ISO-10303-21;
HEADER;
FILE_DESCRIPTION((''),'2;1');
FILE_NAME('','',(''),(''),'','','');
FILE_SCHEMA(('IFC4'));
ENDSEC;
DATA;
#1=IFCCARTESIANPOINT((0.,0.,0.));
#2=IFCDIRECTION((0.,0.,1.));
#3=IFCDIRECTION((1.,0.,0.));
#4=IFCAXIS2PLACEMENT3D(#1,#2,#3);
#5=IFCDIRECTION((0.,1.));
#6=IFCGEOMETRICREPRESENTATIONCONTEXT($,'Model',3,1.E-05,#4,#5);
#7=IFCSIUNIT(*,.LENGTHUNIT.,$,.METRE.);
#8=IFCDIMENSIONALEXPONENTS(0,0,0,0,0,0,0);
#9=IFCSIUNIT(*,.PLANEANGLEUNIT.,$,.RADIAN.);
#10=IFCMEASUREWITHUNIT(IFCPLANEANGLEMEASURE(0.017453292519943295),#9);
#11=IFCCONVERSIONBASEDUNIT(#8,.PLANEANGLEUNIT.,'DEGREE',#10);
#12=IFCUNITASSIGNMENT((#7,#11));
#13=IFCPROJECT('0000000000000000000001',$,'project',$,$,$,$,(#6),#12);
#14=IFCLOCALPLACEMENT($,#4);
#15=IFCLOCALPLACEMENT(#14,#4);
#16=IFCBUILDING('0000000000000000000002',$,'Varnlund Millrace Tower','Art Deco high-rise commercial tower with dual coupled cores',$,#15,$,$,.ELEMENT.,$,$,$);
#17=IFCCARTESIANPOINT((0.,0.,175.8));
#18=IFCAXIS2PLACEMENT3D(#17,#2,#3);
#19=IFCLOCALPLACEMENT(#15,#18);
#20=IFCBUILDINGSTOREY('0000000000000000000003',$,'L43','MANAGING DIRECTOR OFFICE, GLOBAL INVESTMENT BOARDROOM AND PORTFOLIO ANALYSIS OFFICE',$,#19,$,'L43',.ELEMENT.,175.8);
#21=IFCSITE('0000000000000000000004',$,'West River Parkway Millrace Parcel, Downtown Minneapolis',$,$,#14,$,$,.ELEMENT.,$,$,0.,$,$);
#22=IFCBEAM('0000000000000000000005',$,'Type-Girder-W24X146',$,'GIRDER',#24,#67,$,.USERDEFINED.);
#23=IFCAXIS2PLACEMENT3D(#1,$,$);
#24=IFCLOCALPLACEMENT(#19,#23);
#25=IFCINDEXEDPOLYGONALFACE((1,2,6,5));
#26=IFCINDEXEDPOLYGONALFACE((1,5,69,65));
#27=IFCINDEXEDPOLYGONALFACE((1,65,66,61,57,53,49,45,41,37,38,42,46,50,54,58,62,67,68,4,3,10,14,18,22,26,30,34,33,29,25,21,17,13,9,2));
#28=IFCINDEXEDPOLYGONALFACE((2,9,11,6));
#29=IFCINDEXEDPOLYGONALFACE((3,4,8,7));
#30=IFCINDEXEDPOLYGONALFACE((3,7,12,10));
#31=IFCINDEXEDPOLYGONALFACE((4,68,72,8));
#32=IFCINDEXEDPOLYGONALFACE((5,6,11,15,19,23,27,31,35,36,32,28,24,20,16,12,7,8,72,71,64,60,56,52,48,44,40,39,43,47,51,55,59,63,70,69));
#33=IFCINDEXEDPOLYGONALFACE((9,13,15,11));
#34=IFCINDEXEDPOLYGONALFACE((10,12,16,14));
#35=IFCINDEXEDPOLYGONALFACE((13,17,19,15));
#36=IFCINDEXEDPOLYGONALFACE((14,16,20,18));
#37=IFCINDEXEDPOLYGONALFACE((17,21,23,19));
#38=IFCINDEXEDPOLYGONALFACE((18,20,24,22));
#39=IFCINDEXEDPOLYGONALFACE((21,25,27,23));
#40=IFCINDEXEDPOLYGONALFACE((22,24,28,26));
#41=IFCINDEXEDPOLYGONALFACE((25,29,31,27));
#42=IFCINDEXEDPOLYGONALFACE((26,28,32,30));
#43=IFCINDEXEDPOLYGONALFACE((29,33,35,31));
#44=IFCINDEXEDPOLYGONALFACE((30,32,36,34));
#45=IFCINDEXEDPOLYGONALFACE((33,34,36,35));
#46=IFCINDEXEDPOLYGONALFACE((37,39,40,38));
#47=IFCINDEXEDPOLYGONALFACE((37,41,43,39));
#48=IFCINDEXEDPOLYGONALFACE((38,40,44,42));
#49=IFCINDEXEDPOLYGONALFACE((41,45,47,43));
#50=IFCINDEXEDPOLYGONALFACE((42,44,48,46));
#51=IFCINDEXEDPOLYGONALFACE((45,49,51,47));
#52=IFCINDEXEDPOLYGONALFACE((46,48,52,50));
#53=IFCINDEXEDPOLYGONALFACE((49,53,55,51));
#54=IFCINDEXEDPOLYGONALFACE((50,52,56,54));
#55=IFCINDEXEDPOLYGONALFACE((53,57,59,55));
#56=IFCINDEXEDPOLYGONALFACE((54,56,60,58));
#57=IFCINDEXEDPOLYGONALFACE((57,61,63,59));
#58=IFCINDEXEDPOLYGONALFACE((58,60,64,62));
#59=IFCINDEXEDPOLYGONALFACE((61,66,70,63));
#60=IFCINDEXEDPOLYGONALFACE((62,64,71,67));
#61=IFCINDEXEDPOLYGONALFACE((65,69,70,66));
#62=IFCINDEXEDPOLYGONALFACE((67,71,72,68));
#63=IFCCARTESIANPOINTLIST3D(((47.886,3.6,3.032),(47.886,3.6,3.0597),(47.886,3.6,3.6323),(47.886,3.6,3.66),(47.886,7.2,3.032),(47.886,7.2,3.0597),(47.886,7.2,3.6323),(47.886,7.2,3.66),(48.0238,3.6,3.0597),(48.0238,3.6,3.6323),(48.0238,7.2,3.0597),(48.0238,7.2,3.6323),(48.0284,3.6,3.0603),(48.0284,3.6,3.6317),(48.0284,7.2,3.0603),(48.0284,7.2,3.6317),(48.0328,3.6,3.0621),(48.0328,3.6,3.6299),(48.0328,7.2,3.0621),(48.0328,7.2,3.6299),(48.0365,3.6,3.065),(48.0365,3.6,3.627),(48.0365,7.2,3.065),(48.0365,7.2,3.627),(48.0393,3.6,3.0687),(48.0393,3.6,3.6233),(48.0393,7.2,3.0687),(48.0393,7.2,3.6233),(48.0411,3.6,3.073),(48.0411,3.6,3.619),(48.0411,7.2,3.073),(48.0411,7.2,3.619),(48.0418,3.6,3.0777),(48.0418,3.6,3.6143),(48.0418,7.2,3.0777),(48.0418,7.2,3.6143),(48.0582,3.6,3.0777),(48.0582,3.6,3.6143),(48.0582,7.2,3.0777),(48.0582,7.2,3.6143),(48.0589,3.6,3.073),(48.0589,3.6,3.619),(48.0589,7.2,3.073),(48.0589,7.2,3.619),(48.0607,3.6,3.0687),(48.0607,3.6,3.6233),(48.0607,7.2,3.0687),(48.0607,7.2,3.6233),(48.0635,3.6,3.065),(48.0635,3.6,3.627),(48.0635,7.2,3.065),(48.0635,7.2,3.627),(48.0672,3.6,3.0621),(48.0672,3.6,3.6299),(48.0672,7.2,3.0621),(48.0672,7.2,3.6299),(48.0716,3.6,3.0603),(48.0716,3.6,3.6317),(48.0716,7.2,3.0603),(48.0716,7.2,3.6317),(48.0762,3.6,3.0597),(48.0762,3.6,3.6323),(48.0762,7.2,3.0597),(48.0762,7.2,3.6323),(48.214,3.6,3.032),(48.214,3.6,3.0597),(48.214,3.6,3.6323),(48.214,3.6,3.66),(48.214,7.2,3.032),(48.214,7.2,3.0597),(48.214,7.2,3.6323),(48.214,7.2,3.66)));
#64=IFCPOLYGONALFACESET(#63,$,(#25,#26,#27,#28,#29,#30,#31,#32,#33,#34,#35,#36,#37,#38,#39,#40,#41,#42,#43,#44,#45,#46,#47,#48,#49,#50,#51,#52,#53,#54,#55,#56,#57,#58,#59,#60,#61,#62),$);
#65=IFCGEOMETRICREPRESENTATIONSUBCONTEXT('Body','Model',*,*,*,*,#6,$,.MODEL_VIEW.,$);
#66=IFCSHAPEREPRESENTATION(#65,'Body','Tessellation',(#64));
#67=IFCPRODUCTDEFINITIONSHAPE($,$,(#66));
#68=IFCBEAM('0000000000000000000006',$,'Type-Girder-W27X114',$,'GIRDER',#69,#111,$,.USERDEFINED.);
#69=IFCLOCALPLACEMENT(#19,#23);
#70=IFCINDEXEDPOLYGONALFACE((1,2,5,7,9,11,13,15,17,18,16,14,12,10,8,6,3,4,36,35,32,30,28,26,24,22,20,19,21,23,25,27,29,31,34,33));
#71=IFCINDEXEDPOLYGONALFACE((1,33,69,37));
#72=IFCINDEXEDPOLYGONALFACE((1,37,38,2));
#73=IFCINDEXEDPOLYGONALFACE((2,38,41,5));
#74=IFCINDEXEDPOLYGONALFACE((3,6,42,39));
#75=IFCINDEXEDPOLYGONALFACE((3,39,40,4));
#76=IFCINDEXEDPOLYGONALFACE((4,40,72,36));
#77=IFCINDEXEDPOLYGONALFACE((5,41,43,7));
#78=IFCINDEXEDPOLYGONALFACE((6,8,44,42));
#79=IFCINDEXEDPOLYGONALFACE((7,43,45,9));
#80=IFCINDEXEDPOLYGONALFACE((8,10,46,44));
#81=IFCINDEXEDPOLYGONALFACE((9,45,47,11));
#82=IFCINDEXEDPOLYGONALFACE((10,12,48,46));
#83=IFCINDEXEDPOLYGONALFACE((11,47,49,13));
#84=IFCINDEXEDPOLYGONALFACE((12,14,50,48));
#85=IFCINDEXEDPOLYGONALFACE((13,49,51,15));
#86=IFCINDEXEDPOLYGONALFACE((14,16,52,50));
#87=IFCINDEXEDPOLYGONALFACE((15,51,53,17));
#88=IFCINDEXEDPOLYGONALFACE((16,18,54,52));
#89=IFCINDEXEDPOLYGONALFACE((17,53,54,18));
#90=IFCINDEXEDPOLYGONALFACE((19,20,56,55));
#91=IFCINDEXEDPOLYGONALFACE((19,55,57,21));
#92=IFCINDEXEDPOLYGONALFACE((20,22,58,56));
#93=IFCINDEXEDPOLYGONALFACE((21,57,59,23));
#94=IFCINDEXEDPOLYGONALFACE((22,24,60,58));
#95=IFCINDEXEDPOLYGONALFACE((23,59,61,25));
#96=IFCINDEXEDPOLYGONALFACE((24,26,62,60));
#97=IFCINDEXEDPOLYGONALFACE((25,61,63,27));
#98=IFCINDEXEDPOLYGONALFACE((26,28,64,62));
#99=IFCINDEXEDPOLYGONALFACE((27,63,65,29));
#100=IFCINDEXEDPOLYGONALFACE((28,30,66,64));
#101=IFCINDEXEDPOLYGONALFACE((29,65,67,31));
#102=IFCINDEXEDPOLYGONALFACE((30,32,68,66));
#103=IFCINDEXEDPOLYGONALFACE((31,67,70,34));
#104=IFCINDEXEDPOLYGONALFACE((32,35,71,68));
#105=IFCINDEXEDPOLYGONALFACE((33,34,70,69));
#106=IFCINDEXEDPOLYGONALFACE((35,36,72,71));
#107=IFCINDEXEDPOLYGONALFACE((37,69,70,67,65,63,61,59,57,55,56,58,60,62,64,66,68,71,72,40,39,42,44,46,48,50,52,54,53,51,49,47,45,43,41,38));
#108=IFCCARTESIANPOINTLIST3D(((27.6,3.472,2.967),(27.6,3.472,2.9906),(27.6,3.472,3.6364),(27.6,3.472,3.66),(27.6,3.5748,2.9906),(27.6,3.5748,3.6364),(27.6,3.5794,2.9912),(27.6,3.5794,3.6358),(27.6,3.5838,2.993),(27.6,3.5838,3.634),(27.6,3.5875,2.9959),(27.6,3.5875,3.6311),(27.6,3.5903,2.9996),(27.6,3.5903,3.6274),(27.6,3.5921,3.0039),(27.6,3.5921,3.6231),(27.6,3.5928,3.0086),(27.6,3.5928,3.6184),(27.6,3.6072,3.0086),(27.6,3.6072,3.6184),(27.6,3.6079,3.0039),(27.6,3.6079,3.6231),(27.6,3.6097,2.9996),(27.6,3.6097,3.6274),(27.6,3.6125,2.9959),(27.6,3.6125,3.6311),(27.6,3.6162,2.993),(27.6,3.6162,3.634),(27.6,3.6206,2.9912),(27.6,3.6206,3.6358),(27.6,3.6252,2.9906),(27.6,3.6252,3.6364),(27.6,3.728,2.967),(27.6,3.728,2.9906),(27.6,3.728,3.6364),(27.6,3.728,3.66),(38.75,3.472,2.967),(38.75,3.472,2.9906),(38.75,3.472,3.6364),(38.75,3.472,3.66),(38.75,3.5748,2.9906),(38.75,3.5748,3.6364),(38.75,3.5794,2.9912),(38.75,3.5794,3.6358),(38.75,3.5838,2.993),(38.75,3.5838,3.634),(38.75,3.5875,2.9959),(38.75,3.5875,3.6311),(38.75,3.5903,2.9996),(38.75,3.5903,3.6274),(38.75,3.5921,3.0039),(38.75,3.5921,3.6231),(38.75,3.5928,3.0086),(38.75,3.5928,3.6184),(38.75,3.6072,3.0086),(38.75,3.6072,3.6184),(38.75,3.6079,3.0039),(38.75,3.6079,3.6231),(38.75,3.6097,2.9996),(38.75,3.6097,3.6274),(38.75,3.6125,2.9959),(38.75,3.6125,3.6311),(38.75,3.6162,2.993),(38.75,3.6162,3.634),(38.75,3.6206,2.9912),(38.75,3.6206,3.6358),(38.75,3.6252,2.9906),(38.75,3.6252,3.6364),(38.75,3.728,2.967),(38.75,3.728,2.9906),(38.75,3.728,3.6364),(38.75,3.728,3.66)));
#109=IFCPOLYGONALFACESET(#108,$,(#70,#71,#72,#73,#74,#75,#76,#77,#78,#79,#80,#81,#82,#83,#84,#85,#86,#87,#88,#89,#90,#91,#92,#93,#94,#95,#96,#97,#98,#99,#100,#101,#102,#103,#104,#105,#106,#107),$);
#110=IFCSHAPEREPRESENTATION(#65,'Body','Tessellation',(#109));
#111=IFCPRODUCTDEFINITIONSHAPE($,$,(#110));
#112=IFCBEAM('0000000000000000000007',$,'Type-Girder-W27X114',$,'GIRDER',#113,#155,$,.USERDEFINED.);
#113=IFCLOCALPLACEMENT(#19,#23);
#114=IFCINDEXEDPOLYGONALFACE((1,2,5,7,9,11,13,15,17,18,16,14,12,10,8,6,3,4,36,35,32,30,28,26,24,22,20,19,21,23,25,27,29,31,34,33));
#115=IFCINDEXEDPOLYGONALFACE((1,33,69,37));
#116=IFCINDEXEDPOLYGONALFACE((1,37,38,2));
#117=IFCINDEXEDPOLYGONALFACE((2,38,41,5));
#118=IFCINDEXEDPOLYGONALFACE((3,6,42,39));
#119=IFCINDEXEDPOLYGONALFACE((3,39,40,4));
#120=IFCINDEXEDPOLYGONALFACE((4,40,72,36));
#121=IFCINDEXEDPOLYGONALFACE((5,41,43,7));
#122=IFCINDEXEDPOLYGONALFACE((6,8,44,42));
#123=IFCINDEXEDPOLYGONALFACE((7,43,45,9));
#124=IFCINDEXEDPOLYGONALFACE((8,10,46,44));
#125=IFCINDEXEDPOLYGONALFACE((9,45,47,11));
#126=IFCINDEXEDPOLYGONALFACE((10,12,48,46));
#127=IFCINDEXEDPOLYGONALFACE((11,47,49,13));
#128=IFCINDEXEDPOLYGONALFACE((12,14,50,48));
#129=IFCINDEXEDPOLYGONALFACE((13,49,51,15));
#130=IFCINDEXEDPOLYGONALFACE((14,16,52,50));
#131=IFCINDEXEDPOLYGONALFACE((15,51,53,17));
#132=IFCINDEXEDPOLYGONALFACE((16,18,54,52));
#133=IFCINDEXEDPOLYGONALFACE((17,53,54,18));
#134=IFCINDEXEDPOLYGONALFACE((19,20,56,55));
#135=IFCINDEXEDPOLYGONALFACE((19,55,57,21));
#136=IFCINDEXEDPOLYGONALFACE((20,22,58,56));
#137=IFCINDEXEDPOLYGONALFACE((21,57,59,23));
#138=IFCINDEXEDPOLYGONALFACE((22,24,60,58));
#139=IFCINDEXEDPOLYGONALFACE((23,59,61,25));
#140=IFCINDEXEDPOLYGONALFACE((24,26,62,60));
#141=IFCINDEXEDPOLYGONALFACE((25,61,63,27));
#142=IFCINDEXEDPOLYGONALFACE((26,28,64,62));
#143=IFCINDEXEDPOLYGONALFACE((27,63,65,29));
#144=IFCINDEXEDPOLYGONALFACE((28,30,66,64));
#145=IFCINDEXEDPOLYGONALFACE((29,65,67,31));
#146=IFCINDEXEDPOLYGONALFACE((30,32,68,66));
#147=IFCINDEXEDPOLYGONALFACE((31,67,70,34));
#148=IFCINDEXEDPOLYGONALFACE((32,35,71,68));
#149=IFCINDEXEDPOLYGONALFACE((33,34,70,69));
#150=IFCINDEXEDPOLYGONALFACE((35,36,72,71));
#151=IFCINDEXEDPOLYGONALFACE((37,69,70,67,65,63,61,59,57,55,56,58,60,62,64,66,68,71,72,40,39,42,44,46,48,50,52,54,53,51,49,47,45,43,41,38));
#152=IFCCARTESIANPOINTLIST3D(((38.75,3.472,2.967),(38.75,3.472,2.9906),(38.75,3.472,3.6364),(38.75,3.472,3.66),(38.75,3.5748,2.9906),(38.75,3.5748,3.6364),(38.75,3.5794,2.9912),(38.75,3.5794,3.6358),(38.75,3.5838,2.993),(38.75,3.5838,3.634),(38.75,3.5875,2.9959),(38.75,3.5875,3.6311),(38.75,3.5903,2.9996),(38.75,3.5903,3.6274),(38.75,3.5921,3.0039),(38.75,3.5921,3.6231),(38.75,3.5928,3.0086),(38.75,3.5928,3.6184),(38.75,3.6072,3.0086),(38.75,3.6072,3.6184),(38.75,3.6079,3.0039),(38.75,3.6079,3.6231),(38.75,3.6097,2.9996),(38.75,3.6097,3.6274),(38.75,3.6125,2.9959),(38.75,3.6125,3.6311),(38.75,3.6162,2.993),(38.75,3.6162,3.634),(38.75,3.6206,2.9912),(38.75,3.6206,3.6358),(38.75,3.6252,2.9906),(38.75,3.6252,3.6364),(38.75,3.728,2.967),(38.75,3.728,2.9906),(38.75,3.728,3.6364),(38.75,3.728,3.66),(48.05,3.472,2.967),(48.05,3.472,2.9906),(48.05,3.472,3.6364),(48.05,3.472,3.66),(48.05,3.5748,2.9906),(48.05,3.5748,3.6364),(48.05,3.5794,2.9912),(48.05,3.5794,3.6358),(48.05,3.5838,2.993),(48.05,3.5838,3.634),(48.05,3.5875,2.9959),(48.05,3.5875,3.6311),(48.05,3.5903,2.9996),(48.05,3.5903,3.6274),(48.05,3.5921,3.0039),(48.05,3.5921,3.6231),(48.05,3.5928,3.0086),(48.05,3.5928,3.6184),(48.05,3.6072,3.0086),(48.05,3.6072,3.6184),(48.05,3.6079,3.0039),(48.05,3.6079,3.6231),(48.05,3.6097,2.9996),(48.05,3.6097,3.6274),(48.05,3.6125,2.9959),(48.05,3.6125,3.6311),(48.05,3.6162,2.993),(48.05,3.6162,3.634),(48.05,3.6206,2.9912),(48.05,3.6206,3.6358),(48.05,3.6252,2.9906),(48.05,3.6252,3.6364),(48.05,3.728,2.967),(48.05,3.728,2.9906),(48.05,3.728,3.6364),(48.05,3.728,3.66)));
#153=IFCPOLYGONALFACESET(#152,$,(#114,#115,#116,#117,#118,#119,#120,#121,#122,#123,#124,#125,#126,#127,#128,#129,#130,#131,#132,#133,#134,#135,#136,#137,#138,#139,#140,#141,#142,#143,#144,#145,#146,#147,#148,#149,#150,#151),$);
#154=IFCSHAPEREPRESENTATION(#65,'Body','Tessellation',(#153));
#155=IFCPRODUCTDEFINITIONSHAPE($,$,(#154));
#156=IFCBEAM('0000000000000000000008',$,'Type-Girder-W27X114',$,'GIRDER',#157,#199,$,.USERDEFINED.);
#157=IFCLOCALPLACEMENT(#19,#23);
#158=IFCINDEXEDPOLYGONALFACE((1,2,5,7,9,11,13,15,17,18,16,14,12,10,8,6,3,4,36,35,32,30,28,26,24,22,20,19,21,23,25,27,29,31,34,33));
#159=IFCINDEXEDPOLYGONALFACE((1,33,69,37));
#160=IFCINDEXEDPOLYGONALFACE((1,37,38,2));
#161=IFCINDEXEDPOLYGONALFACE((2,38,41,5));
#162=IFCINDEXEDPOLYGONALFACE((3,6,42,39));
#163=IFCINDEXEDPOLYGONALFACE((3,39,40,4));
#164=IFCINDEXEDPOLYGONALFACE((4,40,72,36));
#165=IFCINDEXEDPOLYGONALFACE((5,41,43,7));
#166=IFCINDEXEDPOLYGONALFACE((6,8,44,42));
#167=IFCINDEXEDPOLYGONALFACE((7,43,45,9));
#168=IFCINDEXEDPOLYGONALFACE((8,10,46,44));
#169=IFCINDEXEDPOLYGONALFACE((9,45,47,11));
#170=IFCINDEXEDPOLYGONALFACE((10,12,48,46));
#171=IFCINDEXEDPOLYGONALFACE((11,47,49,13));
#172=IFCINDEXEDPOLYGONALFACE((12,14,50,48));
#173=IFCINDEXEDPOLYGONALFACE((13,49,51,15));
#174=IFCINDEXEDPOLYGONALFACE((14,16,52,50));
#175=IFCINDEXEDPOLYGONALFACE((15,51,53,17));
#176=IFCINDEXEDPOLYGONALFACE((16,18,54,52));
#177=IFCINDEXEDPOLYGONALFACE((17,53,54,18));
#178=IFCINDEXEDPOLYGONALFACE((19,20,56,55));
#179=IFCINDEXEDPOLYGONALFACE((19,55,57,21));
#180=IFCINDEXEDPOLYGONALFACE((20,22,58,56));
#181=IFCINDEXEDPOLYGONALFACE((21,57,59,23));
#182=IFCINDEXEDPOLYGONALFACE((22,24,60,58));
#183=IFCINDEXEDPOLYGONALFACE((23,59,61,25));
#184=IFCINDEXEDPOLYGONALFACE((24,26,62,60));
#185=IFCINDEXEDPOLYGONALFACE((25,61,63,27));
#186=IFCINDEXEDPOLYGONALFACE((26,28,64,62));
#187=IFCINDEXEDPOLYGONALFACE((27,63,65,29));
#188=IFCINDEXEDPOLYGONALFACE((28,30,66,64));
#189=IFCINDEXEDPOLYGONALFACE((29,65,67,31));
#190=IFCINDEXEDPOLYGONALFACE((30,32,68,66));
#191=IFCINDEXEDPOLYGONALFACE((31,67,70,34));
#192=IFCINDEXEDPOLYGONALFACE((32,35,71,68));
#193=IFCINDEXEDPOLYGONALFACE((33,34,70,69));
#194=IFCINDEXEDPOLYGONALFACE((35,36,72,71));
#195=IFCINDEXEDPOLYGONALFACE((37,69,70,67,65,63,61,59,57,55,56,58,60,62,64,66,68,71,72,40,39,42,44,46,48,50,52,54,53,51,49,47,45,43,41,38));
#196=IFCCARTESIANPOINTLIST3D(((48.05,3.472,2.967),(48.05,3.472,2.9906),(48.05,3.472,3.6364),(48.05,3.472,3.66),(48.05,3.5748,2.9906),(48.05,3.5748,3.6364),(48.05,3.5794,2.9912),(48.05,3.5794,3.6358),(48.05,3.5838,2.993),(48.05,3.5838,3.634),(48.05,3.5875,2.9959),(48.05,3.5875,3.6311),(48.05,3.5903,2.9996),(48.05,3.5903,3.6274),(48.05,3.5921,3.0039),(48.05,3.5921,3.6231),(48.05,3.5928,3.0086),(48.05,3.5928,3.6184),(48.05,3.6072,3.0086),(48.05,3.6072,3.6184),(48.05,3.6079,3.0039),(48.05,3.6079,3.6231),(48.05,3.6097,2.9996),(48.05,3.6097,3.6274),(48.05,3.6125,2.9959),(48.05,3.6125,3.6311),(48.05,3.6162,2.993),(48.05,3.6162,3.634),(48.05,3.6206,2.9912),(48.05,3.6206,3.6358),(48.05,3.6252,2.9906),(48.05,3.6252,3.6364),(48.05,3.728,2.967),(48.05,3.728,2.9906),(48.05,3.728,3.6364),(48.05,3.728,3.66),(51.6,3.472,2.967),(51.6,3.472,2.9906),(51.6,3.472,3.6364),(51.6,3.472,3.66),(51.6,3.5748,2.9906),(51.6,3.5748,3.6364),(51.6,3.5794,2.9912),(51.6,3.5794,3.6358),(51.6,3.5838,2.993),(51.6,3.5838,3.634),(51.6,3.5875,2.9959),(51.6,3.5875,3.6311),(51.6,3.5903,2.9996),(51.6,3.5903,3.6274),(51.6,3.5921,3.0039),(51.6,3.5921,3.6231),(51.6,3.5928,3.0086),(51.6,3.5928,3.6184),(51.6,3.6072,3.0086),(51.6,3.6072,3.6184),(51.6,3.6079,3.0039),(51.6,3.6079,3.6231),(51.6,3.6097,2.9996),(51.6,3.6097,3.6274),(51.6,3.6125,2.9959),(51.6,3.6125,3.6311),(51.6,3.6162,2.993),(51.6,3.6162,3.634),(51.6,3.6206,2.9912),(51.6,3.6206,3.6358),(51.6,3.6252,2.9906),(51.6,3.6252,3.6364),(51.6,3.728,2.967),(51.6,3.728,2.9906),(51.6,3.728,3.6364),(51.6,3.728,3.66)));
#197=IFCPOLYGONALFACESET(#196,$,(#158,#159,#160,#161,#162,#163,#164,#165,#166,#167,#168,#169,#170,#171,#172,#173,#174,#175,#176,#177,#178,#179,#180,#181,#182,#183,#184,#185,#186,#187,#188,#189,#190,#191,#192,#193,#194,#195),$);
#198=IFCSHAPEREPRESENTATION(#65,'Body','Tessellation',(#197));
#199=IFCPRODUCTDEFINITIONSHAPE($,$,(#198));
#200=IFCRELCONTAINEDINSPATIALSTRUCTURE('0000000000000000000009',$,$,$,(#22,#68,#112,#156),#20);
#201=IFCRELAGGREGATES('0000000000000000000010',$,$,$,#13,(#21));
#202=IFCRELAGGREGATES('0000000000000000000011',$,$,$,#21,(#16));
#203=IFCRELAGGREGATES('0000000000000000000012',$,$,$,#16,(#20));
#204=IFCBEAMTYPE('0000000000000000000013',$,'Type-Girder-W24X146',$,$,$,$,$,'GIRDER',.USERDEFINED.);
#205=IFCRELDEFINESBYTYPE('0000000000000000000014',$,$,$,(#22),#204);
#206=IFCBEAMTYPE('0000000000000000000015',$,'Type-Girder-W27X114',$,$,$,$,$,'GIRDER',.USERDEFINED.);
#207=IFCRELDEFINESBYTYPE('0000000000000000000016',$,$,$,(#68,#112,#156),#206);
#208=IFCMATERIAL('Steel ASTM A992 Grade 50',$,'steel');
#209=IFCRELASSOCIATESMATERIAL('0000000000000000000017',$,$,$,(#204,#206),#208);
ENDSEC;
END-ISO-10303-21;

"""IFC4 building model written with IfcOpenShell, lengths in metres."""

from ifc_helpers import new_model, entity, si_unit, converted_unit, direction, frame, origin_with_axes, origin_2d_with_axis, place, context, subcontext, project, spatial, i_section, extrude, material, material_profile, profile_set, type_object, element, save


model = new_model("IFC4")

# Units and contexts
model_context = context("Model", 3, precision=1e-05, world=origin_with_axes(), true_north=direction((0.0, 1.0)))
body_context = subcontext(model_context, "Body", "Model", "MODEL_VIEW")
ifc_project = project(units=[si_unit("LENGTHUNIT", "METRE"), converted_unit("PLANEANGLEUNIT", "DEGREE", entity("IfcPlaneAngleMeasure", 0.017453292519943295), si_unit("PLANEANGLEUNIT", "RADIAN"), dimensions=[0, 0, 0, 0, 0, 0, 0])], contexts=[model_context])

# Site, building, storey
site_placement = place(None, origin_with_axes())
site = spatial("IfcSite", under=ifc_project, at=site_placement, Name="West River Parkway Millrace Parcel, Downtown Minneapolis", CompositionType="ELEMENT", RefElevation=0.0)
building_placement = place(site_placement, origin_with_axes())
building = spatial("IfcBuilding", under=site, at=building_placement, Name="Varnlund Millrace Tower", Description="Art Deco high-rise commercial tower with dual coupled cores", CompositionType="ELEMENT")
storey_placement = place(building_placement, frame((0.0, 0.0, 175.8), z_axis=(0.0, 0.0, 1.0), x_axis=(1.0, 0.0, 0.0)))
storey = spatial("IfcBuildingStorey", under=building, at=storey_placement, Name="L43", Description="MANAGING DIRECTOR OFFICE, GLOBAL INVESTMENT BOARDROOM AND PORTFOLIO ANALYSIS OFFICE", LongName="L43", CompositionType="ELEMENT", Elevation=175.8)

# Beams
ifc_material_1 = material(Name="Steel ASTM A992 Grade 50", Category="steel")
ifc_material_profile_1 = material_profile(ifc_material_1, i_section(OverallWidth=0.328, OverallDepth=0.628, WebThickness=0.0165, FlangeThickness=0.0277, FilletRadius=0.018, at=origin_2d_with_axis()), Name="Steel ASTM A992 Grade 50")
ifc_profile_set_1 = profile_set([ifc_material_profile_1], Name="Steel ASTM A992 Grade 50")
beam_type_1 = type_object("IfcBeamType", Name="Type-Girder-W24X146", ElementType="GIRDER", PredefinedType="USERDEFINED", material=ifc_profile_set_1)
beam_1_placement = place(storey_placement, frame((48.05, 3.6, 3.346), z_axis=(0.0, 1.0, 0.0), x_axis=(-1.0, 0.0, 0.0)))
element("IfcBeam", 1, at=beam_1_placement, inside=storey, type_object=beam_type_1, Name="Type-Girder-W24X146", ObjectType="GIRDER", PredefinedType="USERDEFINED", context=body_context, shape_type="SweptSolid", body=[
    extrude(i_section(OverallWidth=0.328, OverallDepth=0.628, WebThickness=0.0165, FlangeThickness=0.0277, FilletRadius=0.018, at=origin_2d_with_axis()), origin_with_axes(), (0.0, 0.0, 1.0), 3.6),
])
ifc_material_profile_2 = material_profile(ifc_material_1, i_section(OverallWidth=0.256, OverallDepth=0.693, WebThickness=0.0145, FlangeThickness=0.0236, FilletRadius=0.018, at=origin_2d_with_axis()), Name="Steel ASTM A992 Grade 50")
ifc_profile_set_2 = profile_set([ifc_material_profile_2], Name="Steel ASTM A992 Grade 50")
beam_type_2 = type_object("IfcBeamType", Name="Type-Girder-W27X114", ElementType="GIRDER", PredefinedType="USERDEFINED", material=ifc_profile_set_2)
beam_2_placement = place(storey_placement, frame((27.6, 3.6, 3.3135), z_axis=(1.0, 0.0, 0.0), x_axis=(0.0, 1.0, 0.0)))
element("IfcBeam", 2, at=beam_2_placement, inside=storey, type_object=beam_type_2, Name="Type-Girder-W27X114", ObjectType="GIRDER", PredefinedType="USERDEFINED", context=body_context, shape_type="SweptSolid", body=[
    extrude(i_section(OverallWidth=0.256, OverallDepth=0.693, WebThickness=0.0145, FlangeThickness=0.0236, FilletRadius=0.018, at=origin_2d_with_axis()), origin_with_axes(), (0.0, 0.0, 1.0), 11.15),
])
beam_3_placement = place(storey_placement, frame((38.75, 3.6, 3.3135), z_axis=(1.0, 0.0, 0.0), x_axis=(0.0, 1.0, 0.0)))
element("IfcBeam", 3, at=beam_3_placement, inside=storey, type_object=beam_type_2, Name="Type-Girder-W27X114", ObjectType="GIRDER", PredefinedType="USERDEFINED", context=body_context, shape_type="SweptSolid", body=[
    extrude(i_section(OverallWidth=0.256, OverallDepth=0.693, WebThickness=0.0145, FlangeThickness=0.0236, FilletRadius=0.018, at=origin_2d_with_axis()), origin_with_axes(), (0.0, 0.0, 1.0), 9.3),
])
beam_4_placement = place(storey_placement, frame((48.05, 3.6, 3.3135), z_axis=(1.0, 0.0, 0.0), x_axis=(0.0, 1.0, 0.0)))
element("IfcBeam", 4, at=beam_4_placement, inside=storey, type_object=beam_type_2, Name="Type-Girder-W27X114", ObjectType="GIRDER", PredefinedType="USERDEFINED", context=body_context, shape_type="SweptSolid", body=[
    extrude(i_section(OverallWidth=0.256, OverallDepth=0.693, WebThickness=0.0145, FlangeThickness=0.0236, FilletRadius=0.018, at=origin_2d_with_axis()), origin_with_axes(), (0.0, 0.0, 1.0), 3.55),
])

save(model, "model.ifc")
